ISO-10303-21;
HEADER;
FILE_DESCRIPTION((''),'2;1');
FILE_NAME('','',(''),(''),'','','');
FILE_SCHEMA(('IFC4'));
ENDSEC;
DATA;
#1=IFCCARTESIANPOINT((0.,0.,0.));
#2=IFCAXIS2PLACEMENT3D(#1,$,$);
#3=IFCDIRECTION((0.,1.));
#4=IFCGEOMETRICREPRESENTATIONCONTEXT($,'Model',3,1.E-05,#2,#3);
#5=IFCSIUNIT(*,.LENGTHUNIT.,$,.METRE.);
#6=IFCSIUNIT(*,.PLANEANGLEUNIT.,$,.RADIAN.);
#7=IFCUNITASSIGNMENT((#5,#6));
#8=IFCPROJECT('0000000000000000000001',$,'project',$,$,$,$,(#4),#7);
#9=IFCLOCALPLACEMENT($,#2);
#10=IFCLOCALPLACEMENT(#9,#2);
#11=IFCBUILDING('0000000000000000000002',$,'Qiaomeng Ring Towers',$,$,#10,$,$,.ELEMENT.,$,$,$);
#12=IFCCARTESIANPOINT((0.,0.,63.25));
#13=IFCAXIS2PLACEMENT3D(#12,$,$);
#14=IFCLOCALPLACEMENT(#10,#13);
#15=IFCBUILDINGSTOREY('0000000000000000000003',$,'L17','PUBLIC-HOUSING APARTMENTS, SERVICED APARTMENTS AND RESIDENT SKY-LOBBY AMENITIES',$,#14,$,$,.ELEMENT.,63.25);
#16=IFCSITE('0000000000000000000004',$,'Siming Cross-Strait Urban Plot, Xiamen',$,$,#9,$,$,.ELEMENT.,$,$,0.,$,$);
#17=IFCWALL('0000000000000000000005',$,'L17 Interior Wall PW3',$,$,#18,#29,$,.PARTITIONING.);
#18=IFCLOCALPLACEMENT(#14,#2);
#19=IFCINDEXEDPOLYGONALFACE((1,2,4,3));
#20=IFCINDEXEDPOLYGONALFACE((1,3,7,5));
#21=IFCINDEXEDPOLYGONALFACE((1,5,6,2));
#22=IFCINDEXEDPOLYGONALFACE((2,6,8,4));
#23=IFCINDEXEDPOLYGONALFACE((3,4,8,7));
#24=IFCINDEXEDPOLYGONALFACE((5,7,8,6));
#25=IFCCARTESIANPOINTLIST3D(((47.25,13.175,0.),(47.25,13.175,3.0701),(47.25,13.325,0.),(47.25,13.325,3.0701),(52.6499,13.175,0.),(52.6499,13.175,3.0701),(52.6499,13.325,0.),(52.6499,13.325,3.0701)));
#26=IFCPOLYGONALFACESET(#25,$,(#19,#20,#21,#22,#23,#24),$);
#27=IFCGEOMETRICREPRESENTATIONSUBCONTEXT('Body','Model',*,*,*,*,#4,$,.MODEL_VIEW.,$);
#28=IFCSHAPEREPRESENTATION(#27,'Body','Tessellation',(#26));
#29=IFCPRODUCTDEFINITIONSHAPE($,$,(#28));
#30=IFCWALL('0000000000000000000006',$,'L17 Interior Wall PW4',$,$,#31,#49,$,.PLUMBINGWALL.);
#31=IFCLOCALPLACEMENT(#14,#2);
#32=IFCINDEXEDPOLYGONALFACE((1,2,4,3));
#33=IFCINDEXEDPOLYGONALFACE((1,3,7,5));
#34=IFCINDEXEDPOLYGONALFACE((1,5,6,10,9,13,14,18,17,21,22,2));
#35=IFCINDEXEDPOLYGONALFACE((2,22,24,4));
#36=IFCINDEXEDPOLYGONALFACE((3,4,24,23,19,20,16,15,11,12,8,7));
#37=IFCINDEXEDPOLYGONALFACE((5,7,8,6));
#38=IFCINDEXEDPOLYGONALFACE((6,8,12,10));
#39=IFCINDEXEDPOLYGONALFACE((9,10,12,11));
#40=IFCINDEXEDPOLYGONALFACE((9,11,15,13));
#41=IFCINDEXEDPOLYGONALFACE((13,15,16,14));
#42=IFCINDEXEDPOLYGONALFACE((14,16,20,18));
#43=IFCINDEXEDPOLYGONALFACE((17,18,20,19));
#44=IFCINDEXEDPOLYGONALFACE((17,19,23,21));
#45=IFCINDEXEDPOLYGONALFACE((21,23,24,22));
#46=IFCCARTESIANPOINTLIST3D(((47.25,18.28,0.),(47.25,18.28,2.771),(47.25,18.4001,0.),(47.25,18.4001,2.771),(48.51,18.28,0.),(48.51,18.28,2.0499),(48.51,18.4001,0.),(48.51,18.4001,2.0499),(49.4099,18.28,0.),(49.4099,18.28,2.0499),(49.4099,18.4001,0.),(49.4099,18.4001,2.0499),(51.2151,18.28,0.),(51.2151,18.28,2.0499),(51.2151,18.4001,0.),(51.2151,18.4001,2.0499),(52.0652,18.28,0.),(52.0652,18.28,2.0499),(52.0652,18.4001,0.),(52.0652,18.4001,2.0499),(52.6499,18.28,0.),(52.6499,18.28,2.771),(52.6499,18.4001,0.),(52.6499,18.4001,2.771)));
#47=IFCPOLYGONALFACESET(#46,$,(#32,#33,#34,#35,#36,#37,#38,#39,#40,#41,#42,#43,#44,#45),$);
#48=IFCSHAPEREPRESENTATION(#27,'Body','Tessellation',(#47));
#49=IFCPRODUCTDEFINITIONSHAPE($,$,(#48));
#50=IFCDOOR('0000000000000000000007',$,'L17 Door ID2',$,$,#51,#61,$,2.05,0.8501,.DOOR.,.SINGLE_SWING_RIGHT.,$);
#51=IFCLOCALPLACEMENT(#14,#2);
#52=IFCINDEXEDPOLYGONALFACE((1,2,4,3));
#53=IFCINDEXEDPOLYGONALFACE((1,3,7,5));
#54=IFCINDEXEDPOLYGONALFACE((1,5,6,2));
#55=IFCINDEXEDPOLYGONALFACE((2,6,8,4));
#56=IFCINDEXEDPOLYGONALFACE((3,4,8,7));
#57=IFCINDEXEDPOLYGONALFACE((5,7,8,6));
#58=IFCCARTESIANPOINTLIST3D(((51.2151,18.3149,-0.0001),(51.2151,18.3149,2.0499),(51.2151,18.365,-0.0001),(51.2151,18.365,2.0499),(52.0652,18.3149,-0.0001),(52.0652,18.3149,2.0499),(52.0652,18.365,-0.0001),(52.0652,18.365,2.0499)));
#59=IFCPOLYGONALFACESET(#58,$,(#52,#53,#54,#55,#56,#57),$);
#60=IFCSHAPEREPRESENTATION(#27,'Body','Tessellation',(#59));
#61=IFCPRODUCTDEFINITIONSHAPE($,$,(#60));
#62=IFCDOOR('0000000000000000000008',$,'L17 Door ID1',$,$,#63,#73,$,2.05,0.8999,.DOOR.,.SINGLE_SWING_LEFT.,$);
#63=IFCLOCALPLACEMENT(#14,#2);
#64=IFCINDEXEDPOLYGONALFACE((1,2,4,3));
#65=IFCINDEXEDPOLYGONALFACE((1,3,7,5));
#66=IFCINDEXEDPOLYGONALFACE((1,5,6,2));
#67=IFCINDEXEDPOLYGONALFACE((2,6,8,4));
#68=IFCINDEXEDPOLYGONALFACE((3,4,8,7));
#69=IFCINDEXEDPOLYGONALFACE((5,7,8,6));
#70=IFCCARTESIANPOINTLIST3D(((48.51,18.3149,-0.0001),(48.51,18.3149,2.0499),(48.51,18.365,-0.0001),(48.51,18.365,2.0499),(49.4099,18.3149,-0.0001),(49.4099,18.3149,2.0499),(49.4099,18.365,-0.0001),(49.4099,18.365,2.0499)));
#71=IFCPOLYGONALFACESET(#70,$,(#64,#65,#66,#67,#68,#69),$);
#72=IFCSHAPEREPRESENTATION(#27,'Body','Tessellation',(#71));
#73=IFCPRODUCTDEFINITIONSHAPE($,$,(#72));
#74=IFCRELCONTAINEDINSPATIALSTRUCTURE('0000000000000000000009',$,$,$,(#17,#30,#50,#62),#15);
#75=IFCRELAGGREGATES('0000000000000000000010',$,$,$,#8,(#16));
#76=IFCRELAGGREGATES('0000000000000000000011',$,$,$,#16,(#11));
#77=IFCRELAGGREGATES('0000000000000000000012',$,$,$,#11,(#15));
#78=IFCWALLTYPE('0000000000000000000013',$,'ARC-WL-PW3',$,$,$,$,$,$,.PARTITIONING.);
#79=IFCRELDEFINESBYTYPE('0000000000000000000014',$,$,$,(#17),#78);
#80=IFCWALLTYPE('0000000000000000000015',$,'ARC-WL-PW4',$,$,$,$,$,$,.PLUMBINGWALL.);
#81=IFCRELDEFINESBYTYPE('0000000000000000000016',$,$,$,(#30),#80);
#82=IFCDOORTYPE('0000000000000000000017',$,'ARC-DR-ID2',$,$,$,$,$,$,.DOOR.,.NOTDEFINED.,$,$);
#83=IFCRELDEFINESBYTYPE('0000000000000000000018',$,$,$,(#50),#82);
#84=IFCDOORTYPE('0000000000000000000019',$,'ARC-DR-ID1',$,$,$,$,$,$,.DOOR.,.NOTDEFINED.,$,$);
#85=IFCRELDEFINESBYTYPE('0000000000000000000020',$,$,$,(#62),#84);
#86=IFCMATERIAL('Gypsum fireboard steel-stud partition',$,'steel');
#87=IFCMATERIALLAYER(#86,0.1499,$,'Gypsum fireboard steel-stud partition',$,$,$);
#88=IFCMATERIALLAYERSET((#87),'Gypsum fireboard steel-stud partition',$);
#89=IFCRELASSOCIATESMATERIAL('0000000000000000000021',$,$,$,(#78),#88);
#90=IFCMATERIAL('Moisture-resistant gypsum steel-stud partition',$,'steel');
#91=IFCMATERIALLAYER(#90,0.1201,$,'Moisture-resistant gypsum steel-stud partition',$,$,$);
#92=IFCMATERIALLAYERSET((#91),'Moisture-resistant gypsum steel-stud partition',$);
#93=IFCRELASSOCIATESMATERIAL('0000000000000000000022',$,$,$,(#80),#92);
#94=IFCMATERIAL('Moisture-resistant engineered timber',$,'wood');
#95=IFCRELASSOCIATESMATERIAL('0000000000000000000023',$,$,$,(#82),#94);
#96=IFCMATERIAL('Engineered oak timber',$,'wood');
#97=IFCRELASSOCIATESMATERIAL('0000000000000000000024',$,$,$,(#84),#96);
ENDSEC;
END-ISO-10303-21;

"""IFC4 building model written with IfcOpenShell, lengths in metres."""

from ifc_helpers import new_model, si_unit, direction, frame, frame_2d, origin, place, context, subcontext, project, spatial, rectangle, extrude, source, transform, mapped, material, layer, layer_set, type_object, element, fill, save


model = new_model("IFC4")

# Units and contexts
model_context = context("Model", 3, precision=1e-05, world=origin(), true_north=direction((0.0, 1.0)))
body_context = subcontext(model_context, "Body", "Model", "MODEL_VIEW")
ifc_project = project(units=[si_unit("LENGTHUNIT", "METRE"), si_unit("PLANEANGLEUNIT", "RADIAN")], contexts=[model_context])

# Site, building, storey
site_placement = place(None, origin())
site = spatial("IfcSite", under=ifc_project, at=site_placement, Name="Siming Cross-Strait Urban Plot, Xiamen", CompositionType="ELEMENT", RefElevation=0.0)
building_placement = place(site_placement, origin())
building = spatial("IfcBuilding", under=site, at=building_placement, Name="Qiaomeng Ring Towers", CompositionType="ELEMENT")
storey_placement = place(building_placement, frame((0.0, 0.0, 63.25)))
storey = spatial("IfcBuildingStorey", under=building, at=storey_placement, Name="L17", Description="PUBLIC-HOUSING APARTMENTS, SERVICED APARTMENTS AND RESIDENT SKY-LOBBY AMENITIES", CompositionType="ELEMENT", Elevation=63.25)

# Wall
ifc_material_1 = material(Name="Gypsum fireboard steel-stud partition", Category="steel")
ifc_layer_1 = layer(ifc_material_1, 0.1499, Name="Gypsum fireboard steel-stud partition")
ifc_layer_set_1 = layer_set([ifc_layer_1], Name="Gypsum fireboard steel-stud partition")
wall_type_1 = type_object("IfcWallType", Name="ARC-WL-PW3", PredefinedType="PARTITIONING", material=ifc_layer_set_1)
wall_1_placement = place(storey_placement, frame((47.25, 13.25, 0.0), z_axis=(0.0, 0.0, 1.0), x_axis=(1.0, 0.0, 0.0)))
element("IfcWall", 1, at=wall_1_placement, inside=storey, type_object=wall_type_1, Name="L17 Interior Wall PW3", PredefinedType="PARTITIONING", context=body_context, shape_type="SweptSolid", body=[
    extrude(rectangle(XDim=5.3999, YDim=0.1499, at=frame_2d((2.7, 0.0))), origin(), (0.0, 0.0, 1.0), 3.0701),
])

# Wall, openings, doors
ifc_material_2 = material(Name="Moisture-resistant gypsum steel-stud partition", Category="steel")
ifc_layer_2 = layer(ifc_material_2, 0.1201, Name="Moisture-resistant gypsum steel-stud partition")
ifc_layer_set_2 = layer_set([ifc_layer_2], Name="Moisture-resistant gypsum steel-stud partition")
wall_type_2 = type_object("IfcWallType", Name="ARC-WL-PW4", PredefinedType="PLUMBINGWALL", material=ifc_layer_set_2)
wall_2_placement = place(storey_placement, frame((47.25, 18.3401, 0.0), z_axis=(0.0, 0.0, 1.0), x_axis=(1.0, 0.0, 0.0)))
wall_2 = element("IfcWall", 2, at=wall_2_placement, inside=storey, type_object=wall_type_2, Name="L17 Interior Wall PW4", PredefinedType="PLUMBINGWALL", context=body_context, shape_type="SweptSolid", body=[
    extrude(rectangle(XDim=5.3999, YDim=0.1201, at=frame_2d((2.7, 0.0))), origin(), (0.0, 0.0, 1.0), 2.771),
])
opening_1_placement = place(wall_2_placement, frame((1.26, 0.0, 0.0)))
opening_1 = element("IfcOpeningElement", 3, at=opening_1_placement, cuts=wall_2, PredefinedType="OPENING", context=body_context, shape_type="SweptSolid", body=[
    extrude(rectangle(XDim=0.8999, YDim=2.05, at=frame_2d((0.45, 1.0249))), frame((0.0, 0.0701, 0.0), z_axis=(0.0, -1.0, 0.0), x_axis=(1.0, 0.0, 0.0)), (0.0, 0.0, 1.0), 0.1401),
])
opening_2_placement = place(wall_2_placement, frame((3.9651, 0.0, 0.0)))
opening_2 = element("IfcOpeningElement", 4, at=opening_2_placement, cuts=wall_2, PredefinedType="OPENING", context=body_context, shape_type="SweptSolid", body=[
    extrude(rectangle(XDim=0.8501, YDim=2.05, at=frame_2d((0.425, 1.0249))), frame((0.0, 0.0701, 0.0), z_axis=(0.0, -1.0, 0.0), x_axis=(1.0, 0.0, 0.0)), (0.0, 0.0, 1.0), 0.1401),
])
ifc_material_3 = material(Name="Moisture-resistant engineered timber", Category="wood")
door_type_1 = type_object("IfcDoorType", Name="ARC-DR-ID2", OperationType="NOTDEFINED", PredefinedType="DOOR", material=ifc_material_3)
shared_shape_1 = source(origin(), body_context, "Body", "SweptSolid", [
    extrude(rectangle(XDim=0.8501, YDim=2.05, at=frame_2d((0.425, 1.0249))), frame((0.0, 0.0249, 0.0), z_axis=(0.0, -1.0, 0.0), x_axis=(1.0, 0.0, 0.0)), (0.0, 0.0, 1.0), 0.05),
])
door_1_placement = place(opening_2_placement, origin())
door_1 = element("IfcDoor", 5, at=door_1_placement, inside=storey, type_object=door_type_1, Name="L17 Door ID2", OperationType="SINGLE_SWING_RIGHT", OverallHeight=2.05, OverallWidth=0.8501, PredefinedType="DOOR", context=body_context, shape_type="MappedRepresentation", body=[
    mapped(shared_shape_1, transform((0.0, 0.0, 0.0), x_axis=(1.0, 0.0, 0.0), y_axis=(0.0, 1.0, 0.0), z_axis=(0.0, 0.0, 1.0), scale=1.0)),
])
fill(opening_2, door_1)
ifc_material_4 = material(Name="Engineered oak timber", Category="wood")
door_type_2 = type_object("IfcDoorType", Name="ARC-DR-ID1", OperationType="NOTDEFINED", PredefinedType="DOOR", material=ifc_material_4)
shared_shape_2 = source(origin(), body_context, "Body", "SweptSolid", [
    extrude(rectangle(XDim=0.8999, YDim=2.05, at=frame_2d((0.45, 1.0249))), frame((0.0, 0.0249, 0.0), z_axis=(0.0, -1.0, 0.0), x_axis=(1.0, 0.0, 0.0)), (0.0, 0.0, 1.0), 0.05),
])
door_2_placement = place(opening_1_placement, origin())
door_2 = element("IfcDoor", 6, at=door_2_placement, inside=storey, type_object=door_type_2, Name="L17 Door ID1", OperationType="SINGLE_SWING_LEFT", OverallHeight=2.05, OverallWidth=0.8999, PredefinedType="DOOR", context=body_context, shape_type="MappedRepresentation", body=[
    mapped(shared_shape_2, transform((0.0, 0.0, 0.0), x_axis=(1.0, 0.0, 0.0), y_axis=(0.0, 1.0, 0.0), z_axis=(0.0, 0.0, 1.0), scale=1.0)),
])
fill(opening_1, door_2)

save(model, "model.ifc")
